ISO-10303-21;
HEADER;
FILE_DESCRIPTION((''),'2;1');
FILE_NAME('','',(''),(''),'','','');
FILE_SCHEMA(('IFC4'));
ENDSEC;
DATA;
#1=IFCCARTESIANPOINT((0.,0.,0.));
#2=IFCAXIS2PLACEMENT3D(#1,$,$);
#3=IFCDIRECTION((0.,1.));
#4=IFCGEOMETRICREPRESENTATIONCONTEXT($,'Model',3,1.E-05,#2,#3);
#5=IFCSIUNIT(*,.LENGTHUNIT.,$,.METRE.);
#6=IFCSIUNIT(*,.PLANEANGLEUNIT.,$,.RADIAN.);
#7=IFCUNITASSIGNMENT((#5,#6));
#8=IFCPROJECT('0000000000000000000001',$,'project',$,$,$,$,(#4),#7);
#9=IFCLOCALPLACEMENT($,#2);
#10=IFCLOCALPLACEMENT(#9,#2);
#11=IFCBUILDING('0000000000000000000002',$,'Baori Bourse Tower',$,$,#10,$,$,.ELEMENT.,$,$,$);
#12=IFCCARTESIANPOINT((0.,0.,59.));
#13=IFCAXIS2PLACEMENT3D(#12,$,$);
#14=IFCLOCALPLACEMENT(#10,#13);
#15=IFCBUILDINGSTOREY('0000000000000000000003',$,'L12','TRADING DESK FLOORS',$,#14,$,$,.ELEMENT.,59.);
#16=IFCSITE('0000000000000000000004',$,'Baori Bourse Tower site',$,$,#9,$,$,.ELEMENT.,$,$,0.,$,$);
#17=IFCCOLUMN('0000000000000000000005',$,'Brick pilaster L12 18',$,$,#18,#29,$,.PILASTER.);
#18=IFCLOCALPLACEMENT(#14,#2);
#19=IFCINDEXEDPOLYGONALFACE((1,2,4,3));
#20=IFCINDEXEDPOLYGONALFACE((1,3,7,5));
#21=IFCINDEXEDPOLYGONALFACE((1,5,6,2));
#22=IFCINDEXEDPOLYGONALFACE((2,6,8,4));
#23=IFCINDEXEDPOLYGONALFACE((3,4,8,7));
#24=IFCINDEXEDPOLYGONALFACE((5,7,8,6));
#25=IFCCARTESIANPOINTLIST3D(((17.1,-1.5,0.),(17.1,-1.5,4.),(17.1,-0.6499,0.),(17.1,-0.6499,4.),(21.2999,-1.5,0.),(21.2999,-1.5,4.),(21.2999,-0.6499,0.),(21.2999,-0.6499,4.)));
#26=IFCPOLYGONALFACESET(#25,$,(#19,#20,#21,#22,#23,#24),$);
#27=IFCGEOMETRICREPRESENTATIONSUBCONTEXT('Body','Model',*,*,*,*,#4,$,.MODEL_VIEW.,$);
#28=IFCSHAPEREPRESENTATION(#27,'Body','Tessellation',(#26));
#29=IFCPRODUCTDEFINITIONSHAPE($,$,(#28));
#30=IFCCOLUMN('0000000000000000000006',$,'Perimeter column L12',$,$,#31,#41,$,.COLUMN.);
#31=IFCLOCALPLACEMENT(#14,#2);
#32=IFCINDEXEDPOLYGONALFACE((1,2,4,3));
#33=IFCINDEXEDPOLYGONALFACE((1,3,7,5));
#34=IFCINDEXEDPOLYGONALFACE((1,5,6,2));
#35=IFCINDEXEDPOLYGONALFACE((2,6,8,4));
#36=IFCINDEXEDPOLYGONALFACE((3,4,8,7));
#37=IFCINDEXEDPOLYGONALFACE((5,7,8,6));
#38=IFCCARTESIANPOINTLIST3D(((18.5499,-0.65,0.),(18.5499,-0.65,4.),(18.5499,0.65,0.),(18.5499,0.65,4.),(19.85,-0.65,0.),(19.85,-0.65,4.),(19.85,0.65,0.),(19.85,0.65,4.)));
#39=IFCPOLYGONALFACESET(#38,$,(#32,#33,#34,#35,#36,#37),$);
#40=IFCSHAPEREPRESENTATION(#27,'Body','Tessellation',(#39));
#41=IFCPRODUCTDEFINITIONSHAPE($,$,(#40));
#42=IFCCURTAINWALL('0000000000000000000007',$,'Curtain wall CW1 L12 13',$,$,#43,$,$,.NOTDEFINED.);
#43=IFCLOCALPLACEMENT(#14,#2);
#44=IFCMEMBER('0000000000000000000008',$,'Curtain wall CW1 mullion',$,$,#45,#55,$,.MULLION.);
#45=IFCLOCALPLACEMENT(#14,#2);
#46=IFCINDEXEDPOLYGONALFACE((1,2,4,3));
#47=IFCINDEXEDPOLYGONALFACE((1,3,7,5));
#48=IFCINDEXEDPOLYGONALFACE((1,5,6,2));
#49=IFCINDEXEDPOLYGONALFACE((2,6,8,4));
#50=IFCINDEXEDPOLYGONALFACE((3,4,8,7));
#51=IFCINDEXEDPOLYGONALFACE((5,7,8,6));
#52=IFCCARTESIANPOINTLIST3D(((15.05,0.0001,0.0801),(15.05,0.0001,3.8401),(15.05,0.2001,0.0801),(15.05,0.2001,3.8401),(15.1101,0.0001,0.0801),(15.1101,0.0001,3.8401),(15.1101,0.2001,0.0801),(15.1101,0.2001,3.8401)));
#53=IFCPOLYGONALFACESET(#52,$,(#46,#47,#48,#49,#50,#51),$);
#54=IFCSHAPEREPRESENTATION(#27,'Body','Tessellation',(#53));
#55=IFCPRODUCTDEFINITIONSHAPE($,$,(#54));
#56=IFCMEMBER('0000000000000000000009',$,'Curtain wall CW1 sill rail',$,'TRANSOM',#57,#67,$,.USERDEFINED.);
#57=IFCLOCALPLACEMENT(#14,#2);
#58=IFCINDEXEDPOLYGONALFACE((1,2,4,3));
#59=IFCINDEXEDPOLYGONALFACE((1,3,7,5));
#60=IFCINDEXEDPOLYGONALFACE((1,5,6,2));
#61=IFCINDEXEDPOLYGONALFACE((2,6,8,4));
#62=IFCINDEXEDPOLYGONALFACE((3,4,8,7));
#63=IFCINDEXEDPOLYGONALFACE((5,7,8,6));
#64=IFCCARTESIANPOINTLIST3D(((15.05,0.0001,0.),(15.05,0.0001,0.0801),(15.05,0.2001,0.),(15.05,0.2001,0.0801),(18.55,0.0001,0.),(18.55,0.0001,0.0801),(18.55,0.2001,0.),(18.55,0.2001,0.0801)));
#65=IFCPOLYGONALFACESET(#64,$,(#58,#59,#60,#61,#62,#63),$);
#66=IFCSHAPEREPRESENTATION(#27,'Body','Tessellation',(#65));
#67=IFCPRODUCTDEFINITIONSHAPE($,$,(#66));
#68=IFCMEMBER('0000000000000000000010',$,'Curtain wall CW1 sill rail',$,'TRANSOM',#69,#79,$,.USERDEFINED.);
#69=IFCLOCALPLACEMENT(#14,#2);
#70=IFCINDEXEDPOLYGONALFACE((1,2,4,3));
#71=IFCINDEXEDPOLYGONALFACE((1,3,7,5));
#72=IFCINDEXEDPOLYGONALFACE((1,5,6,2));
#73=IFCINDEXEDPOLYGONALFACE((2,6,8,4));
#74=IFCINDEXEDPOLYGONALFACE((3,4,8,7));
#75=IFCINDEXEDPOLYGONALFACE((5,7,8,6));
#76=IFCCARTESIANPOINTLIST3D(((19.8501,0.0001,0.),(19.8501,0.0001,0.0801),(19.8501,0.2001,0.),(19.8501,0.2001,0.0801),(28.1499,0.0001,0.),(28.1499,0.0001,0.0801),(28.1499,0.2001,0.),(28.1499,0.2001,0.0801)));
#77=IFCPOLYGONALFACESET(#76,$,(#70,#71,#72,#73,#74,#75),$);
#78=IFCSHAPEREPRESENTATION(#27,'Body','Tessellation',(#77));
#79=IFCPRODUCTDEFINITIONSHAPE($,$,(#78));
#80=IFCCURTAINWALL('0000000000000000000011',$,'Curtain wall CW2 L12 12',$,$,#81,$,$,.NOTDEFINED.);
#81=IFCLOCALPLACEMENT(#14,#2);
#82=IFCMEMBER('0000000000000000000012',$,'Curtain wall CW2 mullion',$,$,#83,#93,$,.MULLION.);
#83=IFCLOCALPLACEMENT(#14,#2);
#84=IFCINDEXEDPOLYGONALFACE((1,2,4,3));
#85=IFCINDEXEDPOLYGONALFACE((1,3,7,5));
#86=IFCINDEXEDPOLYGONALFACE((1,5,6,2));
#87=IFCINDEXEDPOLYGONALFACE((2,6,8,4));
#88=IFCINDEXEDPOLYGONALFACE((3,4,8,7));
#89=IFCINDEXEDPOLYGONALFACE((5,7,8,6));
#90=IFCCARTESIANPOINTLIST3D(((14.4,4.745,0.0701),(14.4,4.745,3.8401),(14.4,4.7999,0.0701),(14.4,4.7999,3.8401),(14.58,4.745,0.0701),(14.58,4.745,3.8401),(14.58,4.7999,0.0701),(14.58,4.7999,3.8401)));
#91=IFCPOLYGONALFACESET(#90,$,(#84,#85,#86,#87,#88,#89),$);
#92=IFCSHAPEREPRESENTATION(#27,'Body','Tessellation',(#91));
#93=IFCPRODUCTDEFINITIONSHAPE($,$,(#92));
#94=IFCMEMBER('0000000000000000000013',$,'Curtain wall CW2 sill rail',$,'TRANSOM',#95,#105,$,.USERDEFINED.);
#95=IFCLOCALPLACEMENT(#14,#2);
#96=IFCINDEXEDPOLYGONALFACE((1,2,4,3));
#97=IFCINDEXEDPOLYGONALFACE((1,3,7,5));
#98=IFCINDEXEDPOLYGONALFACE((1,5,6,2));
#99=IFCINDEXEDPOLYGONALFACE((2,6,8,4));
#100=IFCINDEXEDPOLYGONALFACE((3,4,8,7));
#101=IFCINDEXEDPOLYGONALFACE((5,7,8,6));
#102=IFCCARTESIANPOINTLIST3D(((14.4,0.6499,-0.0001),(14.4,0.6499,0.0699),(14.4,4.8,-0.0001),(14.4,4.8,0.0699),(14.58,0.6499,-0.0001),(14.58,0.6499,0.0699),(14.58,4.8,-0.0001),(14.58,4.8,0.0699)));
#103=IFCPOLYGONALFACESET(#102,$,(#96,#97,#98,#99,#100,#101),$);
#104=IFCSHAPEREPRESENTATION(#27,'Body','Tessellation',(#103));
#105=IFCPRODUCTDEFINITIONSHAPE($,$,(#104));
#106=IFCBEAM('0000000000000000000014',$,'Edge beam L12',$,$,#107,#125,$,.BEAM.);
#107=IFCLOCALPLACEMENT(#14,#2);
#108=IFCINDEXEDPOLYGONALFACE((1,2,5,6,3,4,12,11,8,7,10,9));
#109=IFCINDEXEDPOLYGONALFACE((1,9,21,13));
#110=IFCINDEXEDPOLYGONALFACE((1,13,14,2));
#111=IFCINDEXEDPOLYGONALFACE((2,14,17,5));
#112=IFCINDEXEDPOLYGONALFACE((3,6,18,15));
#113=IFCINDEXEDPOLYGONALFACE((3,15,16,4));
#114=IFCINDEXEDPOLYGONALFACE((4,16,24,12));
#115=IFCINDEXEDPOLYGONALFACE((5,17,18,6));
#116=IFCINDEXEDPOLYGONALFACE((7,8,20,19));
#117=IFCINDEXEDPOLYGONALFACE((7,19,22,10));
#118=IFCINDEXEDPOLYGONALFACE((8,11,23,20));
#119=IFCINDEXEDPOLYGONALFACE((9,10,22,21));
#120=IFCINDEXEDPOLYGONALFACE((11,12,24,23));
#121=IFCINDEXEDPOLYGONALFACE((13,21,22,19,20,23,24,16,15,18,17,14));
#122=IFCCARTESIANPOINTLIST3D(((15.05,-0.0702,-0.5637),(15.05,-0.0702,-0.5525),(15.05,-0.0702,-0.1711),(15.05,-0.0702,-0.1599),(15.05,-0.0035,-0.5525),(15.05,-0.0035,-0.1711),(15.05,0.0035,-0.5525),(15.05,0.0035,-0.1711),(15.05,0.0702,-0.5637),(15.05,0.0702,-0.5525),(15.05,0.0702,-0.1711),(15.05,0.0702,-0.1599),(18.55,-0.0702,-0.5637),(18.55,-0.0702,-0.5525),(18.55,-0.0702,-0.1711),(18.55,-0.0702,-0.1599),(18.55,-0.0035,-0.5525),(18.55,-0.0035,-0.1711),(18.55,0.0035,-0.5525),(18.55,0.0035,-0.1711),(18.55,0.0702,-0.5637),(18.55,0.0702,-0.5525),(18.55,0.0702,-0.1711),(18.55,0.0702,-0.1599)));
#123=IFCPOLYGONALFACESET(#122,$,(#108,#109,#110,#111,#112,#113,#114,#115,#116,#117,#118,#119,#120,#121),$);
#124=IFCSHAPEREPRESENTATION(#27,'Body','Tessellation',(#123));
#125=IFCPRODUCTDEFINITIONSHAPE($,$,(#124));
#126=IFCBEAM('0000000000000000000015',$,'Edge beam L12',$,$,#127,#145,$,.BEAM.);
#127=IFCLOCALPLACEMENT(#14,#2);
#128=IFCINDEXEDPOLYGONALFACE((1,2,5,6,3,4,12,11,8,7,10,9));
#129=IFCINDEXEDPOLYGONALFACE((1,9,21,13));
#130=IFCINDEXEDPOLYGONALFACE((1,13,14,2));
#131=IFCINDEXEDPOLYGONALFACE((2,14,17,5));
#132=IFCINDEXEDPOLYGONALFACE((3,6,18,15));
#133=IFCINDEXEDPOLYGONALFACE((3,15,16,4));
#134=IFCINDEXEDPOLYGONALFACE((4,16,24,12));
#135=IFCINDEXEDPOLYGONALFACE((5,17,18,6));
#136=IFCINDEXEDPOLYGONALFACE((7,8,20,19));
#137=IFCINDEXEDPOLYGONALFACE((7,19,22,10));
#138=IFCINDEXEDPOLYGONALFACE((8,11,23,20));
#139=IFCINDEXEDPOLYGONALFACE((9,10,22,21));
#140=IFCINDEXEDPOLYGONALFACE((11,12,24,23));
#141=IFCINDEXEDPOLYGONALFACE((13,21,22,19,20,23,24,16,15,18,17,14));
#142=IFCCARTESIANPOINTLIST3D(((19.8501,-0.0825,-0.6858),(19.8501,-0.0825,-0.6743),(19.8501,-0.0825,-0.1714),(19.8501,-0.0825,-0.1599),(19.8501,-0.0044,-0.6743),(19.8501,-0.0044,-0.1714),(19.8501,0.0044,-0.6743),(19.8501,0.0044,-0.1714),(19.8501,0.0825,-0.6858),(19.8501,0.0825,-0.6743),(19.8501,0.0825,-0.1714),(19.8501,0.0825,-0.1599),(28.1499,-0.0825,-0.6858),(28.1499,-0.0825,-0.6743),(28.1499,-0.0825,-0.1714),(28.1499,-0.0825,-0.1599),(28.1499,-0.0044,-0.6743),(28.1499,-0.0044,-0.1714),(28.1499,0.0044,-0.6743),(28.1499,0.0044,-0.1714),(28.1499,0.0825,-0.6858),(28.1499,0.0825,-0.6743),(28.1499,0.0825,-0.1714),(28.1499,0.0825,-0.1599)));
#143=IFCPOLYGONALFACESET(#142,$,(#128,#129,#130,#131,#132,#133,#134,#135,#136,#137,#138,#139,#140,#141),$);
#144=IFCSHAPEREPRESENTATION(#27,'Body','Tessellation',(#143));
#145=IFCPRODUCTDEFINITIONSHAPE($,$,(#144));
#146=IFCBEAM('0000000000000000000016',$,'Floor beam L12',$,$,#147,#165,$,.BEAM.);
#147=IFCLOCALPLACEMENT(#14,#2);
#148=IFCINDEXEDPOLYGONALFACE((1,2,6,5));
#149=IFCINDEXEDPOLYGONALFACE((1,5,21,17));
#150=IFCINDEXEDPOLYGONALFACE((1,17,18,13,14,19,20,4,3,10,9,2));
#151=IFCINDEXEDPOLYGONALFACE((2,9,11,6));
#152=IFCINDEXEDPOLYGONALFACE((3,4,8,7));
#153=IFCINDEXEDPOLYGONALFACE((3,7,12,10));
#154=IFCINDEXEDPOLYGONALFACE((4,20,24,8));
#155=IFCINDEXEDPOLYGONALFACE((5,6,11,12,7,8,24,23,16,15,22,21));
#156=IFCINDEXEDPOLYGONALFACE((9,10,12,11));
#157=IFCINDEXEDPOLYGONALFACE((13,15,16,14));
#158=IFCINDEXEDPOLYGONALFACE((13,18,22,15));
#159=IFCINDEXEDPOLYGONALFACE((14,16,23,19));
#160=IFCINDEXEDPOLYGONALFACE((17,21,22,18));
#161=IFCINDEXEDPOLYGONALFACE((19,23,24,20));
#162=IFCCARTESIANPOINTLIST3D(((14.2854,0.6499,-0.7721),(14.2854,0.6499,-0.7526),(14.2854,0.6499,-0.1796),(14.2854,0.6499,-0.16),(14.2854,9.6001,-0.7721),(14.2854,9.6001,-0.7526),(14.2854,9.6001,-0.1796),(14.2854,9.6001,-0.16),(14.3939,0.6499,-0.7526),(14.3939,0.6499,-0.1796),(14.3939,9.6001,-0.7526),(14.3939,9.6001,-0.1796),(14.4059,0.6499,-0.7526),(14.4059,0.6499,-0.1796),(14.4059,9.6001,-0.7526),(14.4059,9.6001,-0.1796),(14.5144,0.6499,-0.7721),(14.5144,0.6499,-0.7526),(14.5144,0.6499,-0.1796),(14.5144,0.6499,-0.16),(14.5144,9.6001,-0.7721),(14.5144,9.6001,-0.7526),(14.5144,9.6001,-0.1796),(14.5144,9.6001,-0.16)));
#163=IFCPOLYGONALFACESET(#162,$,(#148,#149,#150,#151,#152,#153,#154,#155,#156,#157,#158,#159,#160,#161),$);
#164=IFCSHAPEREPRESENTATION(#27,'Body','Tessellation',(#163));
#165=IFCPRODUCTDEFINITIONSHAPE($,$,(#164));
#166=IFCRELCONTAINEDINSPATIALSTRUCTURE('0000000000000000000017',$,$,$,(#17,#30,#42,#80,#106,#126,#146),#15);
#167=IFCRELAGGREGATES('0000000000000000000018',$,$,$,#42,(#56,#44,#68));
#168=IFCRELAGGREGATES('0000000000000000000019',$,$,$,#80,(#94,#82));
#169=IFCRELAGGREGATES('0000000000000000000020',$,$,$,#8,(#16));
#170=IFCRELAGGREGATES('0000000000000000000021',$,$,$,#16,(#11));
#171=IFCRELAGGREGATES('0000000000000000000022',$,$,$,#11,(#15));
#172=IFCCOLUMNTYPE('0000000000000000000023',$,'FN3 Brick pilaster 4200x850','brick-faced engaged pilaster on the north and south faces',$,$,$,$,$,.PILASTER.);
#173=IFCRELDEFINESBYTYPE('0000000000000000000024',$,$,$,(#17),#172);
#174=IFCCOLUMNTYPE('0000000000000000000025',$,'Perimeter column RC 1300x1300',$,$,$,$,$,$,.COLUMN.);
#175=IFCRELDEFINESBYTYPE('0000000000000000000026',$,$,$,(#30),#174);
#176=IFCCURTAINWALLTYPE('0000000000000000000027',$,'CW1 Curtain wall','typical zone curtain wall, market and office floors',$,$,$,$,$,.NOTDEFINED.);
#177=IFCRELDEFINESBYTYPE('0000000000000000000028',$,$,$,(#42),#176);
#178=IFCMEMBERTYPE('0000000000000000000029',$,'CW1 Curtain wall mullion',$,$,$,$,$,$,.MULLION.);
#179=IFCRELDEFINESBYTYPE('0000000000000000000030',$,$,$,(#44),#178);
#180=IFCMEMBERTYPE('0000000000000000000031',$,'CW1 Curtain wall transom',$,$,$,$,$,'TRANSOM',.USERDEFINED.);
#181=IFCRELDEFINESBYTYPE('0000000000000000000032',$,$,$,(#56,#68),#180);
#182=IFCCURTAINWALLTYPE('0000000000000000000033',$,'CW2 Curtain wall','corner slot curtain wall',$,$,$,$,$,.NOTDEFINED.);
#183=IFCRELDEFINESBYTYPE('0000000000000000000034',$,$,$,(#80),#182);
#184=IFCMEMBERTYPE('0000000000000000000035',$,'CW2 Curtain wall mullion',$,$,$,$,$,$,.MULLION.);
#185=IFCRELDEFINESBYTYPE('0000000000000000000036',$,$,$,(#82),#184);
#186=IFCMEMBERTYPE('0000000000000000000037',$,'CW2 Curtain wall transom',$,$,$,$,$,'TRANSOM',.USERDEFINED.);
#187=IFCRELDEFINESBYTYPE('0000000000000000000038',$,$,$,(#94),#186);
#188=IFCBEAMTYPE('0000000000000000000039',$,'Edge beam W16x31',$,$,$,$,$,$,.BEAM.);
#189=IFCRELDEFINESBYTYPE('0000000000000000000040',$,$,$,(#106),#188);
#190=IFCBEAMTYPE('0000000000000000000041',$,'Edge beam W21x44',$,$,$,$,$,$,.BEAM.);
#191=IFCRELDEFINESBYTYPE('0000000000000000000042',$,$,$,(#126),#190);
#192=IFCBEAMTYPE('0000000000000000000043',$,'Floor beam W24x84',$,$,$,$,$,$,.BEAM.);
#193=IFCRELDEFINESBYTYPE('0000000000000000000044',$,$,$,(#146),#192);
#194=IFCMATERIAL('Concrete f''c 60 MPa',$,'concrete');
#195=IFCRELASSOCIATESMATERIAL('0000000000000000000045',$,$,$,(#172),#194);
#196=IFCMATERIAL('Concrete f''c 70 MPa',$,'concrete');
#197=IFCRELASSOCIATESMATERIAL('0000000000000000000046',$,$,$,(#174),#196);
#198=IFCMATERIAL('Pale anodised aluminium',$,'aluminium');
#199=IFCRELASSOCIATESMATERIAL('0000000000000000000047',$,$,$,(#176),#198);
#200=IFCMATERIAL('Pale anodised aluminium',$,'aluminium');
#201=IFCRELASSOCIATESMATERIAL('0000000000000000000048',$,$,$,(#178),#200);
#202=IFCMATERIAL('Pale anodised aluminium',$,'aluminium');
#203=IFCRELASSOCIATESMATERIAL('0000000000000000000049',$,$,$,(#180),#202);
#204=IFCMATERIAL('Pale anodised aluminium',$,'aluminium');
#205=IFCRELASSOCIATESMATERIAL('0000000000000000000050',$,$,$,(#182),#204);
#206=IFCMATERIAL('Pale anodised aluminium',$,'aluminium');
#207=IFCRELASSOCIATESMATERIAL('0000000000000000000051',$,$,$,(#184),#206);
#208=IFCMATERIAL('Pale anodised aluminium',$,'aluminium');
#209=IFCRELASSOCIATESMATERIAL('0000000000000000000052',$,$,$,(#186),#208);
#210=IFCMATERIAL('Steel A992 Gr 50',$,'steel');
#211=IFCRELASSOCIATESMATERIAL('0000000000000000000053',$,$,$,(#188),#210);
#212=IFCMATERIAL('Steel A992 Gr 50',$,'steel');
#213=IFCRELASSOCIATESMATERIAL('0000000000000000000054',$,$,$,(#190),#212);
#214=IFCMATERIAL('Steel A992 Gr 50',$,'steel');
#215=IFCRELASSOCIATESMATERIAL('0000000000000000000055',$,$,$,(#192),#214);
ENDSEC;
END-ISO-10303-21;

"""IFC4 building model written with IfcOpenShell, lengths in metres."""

from ifc_helpers import new_model, si_unit, direction, frame, origin, origin_2d, place, context, subcontext, project, spatial, rectangle, i_section, extrude, material, material_profile, profile_set, type_object, element, aggregate, save


model = new_model("IFC4")

# Units and contexts
model_context = context("Model", 3, precision=1e-05, world=origin(), true_north=direction((0.0, 1.0)))
body_context = subcontext(model_context, "Body", "Model", "MODEL_VIEW")
ifc_project = project(units=[si_unit("LENGTHUNIT", "METRE"), si_unit("PLANEANGLEUNIT", "RADIAN")], contexts=[model_context])

# Site, building, storey
site_placement = place(None, origin())
site = spatial("IfcSite", under=ifc_project, at=site_placement, Name="Baori Bourse Tower site", CompositionType="ELEMENT", RefElevation=0.0)
building_placement = place(site_placement, origin())
building = spatial("IfcBuilding", under=site, at=building_placement, Name="Baori Bourse Tower", CompositionType="ELEMENT")
storey_placement = place(building_placement, frame((0.0, 0.0, 59.0)))
storey = spatial("IfcBuildingStorey", under=building, at=storey_placement, Name="L12", Description="TRADING DESK FLOORS", CompositionType="ELEMENT", Elevation=59.0)

# Columns
ifc_material_1 = material(Name="Concrete f'c 60 MPa", Category="concrete")
ifc_material_profile_1 = material_profile(ifc_material_1, rectangle(XDim=4.2, YDim=0.8501, at=origin_2d()), Name="RC 4200x850")
ifc_profile_set_1 = profile_set([ifc_material_profile_1], Name="Concrete f'c 60 MPa")
column_type_1 = type_object("IfcColumnType", Name="FN3 Brick pilaster 4200x850", Description="brick-faced engaged pilaster on the north and south faces", PredefinedType="PILASTER", material=ifc_profile_set_1)
column_1_placement = place(storey_placement, frame((19.2, -1.075, 0.0), z_axis=(0.0, 0.0, 1.0), x_axis=(1.0, 0.0, 0.0)))
element("IfcColumn", 1, at=column_1_placement, inside=storey, type_object=column_type_1, Name="Brick pilaster L12 18", PredefinedType="PILASTER", context=body_context, shape_type="SweptSolid", body=[
    extrude(rectangle(XDim=4.2, YDim=0.8501, at=origin_2d()), origin(), (0.0, 0.0, 1.0), 4.0),
])
ifc_material_2 = material(Name="Concrete f'c 70 MPa", Category="concrete")
ifc_material_profile_2 = material_profile(ifc_material_2, rectangle(XDim=1.3, YDim=1.3, at=origin_2d()), Name="RC 1300x1300")
ifc_profile_set_2 = profile_set([ifc_material_profile_2], Name="Concrete f'c 70 MPa")
column_type_2 = type_object("IfcColumnType", Name="Perimeter column RC 1300x1300", PredefinedType="COLUMN", material=ifc_profile_set_2)
column_2_placement = place(storey_placement, frame((19.2, 0.0, 0.0), z_axis=(0.0, 0.0, 1.0), x_axis=(1.0, 0.0, 0.0)))
element("IfcColumn", 2, at=column_2_placement, inside=storey, type_object=column_type_2, Name="Perimeter column L12", PredefinedType="COLUMN", context=body_context, shape_type="SweptSolid", body=[
    extrude(rectangle(XDim=1.3, YDim=1.3, at=origin_2d()), origin(), (0.0, 0.0, 1.0), 4.0),
])

# Curtain walls, members
ifc_material_3 = material(Name="Pale anodised aluminium", Category="aluminium")
curtain_wall_type_1 = type_object("IfcCurtainWallType", Name="CW1 Curtain wall", Description="typical zone curtain wall, market and office floors", PredefinedType="NOTDEFINED", material=ifc_material_3)
curtain_wall_1_placement = place(storey_placement, origin())
curtain_wall_1 = element("IfcCurtainWall", 3, at=curtain_wall_1_placement, inside=storey, type_object=curtain_wall_type_1, Name="Curtain wall CW1 L12 13", PredefinedType="NOTDEFINED")
ifc_material_4 = material(Name="Pale anodised aluminium", Category="aluminium")
ifc_material_profile_3 = material_profile(ifc_material_4, rectangle(XDim=0.2, YDim=0.0601, at=origin_2d()), Name="Mullion 60x200")
ifc_profile_set_3 = profile_set([ifc_material_profile_3], Name="Pale anodised aluminium")
member_type_1 = type_object("IfcMemberType", Name="CW1 Curtain wall mullion", PredefinedType="MULLION", material=ifc_profile_set_3)
member_1_placement = place(storey_placement, frame((15.0801, 0.1001, 0.0801), z_axis=(0.0, 0.0, 1.0), x_axis=(0.0, 1.0, 0.0)))
member_1 = element("IfcMember", 4, at=member_1_placement, type_object=member_type_1, Name="Curtain wall CW1 mullion", PredefinedType="MULLION", context=body_context, shape_type="SweptSolid", body=[
    extrude(rectangle(XDim=0.2, YDim=0.0601, at=origin_2d()), origin(), (0.0, 0.0, 1.0), 3.76),
])
ifc_material_5 = material(Name="Pale anodised aluminium", Category="aluminium")
ifc_material_profile_4 = material_profile(ifc_material_5, rectangle(XDim=0.2, YDim=0.0801, at=origin_2d()), Name="Transom 80x200")
ifc_profile_set_4 = profile_set([ifc_material_profile_4], Name="Pale anodised aluminium")
member_type_2 = type_object("IfcMemberType", Name="CW1 Curtain wall transom", ElementType="TRANSOM", PredefinedType="USERDEFINED", material=ifc_profile_set_4)
member_2_placement = place(storey_placement, frame((15.05, 0.1001, 0.04), z_axis=(1.0, 0.0, 0.0), x_axis=(0.0, 1.0, 0.0)))
member_2 = element("IfcMember", 5, at=member_2_placement, type_object=member_type_2, Name="Curtain wall CW1 sill rail", ObjectType="TRANSOM", PredefinedType="USERDEFINED", context=body_context, shape_type="SweptSolid", body=[
    extrude(rectangle(XDim=0.2, YDim=0.0801, at=origin_2d()), origin(), (0.0, 0.0, 1.0), 3.5),
])
member_3_placement = place(storey_placement, frame((19.8501, 0.1001, 0.04), z_axis=(1.0, 0.0, 0.0), x_axis=(0.0, 1.0, 0.0)))
member_3 = element("IfcMember", 6, at=member_3_placement, type_object=member_type_2, Name="Curtain wall CW1 sill rail", ObjectType="TRANSOM", PredefinedType="USERDEFINED", context=body_context, shape_type="SweptSolid", body=[
    extrude(rectangle(XDim=0.2, YDim=0.0801, at=origin_2d()), origin(), (0.0, 0.0, 1.0), 8.2998),
])
ifc_material_6 = material(Name="Pale anodised aluminium", Category="aluminium")
curtain_wall_type_2 = type_object("IfcCurtainWallType", Name="CW2 Curtain wall", Description="corner slot curtain wall", PredefinedType="NOTDEFINED", material=ifc_material_6)
curtain_wall_2_placement = place(storey_placement, origin())
curtain_wall_2 = element("IfcCurtainWall", 7, at=curtain_wall_2_placement, inside=storey, type_object=curtain_wall_type_2, Name="Curtain wall CW2 L12 12", PredefinedType="NOTDEFINED")
ifc_material_7 = material(Name="Pale anodised aluminium", Category="aluminium")
ifc_material_profile_5 = material_profile(ifc_material_7, rectangle(XDim=0.1799, YDim=0.0549, at=origin_2d()), Name="Mullion 55x180")
ifc_profile_set_5 = profile_set([ifc_material_profile_5], Name="Pale anodised aluminium")
member_type_3 = type_object("IfcMemberType", Name="CW2 Curtain wall mullion", PredefinedType="MULLION", material=ifc_profile_set_5)
member_4_placement = place(storey_placement, frame((14.49, 4.7725, 0.0701), z_axis=(0.0, 0.0, 1.0), x_axis=(1.0, 0.0, 0.0)))
member_4 = element("IfcMember", 8, at=member_4_placement, type_object=member_type_3, Name="Curtain wall CW2 mullion", PredefinedType="MULLION", context=body_context, shape_type="SweptSolid", body=[
    extrude(rectangle(XDim=0.1799, YDim=0.0549, at=origin_2d()), origin(), (0.0, 0.0, 1.0), 3.77),
])
ifc_material_8 = material(Name="Pale anodised aluminium", Category="aluminium")
ifc_material_profile_6 = material_profile(ifc_material_8, rectangle(XDim=0.1799, YDim=0.0701, at=origin_2d()), Name="Transom 70x180")
ifc_profile_set_6 = profile_set([ifc_material_profile_6], Name="Pale anodised aluminium")
member_type_4 = type_object("IfcMemberType", Name="CW2 Curtain wall transom", ElementType="TRANSOM", PredefinedType="USERDEFINED", material=ifc_profile_set_6)
member_5_placement = place(storey_placement, frame((14.49, 4.8, 0.0349), z_axis=(0.0, -1.0, 0.0), x_axis=(1.0, 0.0, 0.0)))
member_5 = element("IfcMember", 9, at=member_5_placement, type_object=member_type_4, Name="Curtain wall CW2 sill rail", ObjectType="TRANSOM", PredefinedType="USERDEFINED", context=body_context, shape_type="SweptSolid", body=[
    extrude(rectangle(XDim=0.1799, YDim=0.0701, at=origin_2d()), origin(), (0.0, 0.0, 1.0), 4.1501),
])

# Beams
ifc_material_9 = material(Name="Steel A992 Gr 50", Category="steel")
ifc_material_profile_7 = material_profile(ifc_material_9, i_section(OverallWidth=0.1404, OverallDepth=0.4038, WebThickness=0.0071, FlangeThickness=0.0112, at=origin_2d()), Name="W16x31")
ifc_profile_set_7 = profile_set([ifc_material_profile_7], Name="Steel A992 Gr 50")
beam_type_1 = type_object("IfcBeamType", Name="Edge beam W16x31", PredefinedType="BEAM", material=ifc_profile_set_7)
beam_1_placement = place(storey_placement, frame((15.05, 0.0, -0.3618), z_axis=(1.0, 0.0, 0.0), x_axis=(0.0, 1.0, 0.0)))
element("IfcBeam", 10, at=beam_1_placement, inside=storey, type_object=beam_type_1, Name="Edge beam L12", PredefinedType="BEAM", context=body_context, shape_type="SweptSolid", body=[
    extrude(i_section(OverallWidth=0.1404, OverallDepth=0.4038, WebThickness=0.0071, FlangeThickness=0.0112, at=origin_2d()), origin(), (0.0, 0.0, 1.0), 3.5),
])
ifc_material_10 = material(Name="Steel A992 Gr 50", Category="steel")
ifc_material_profile_8 = material_profile(ifc_material_10, i_section(OverallWidth=0.165, OverallDepth=0.5259, WebThickness=0.0088, FlangeThickness=0.0115, at=origin_2d()), Name="W21x44")
ifc_profile_set_8 = profile_set([ifc_material_profile_8], Name="Steel A992 Gr 50")
beam_type_2 = type_object("IfcBeamType", Name="Edge beam W21x44", PredefinedType="BEAM", material=ifc_profile_set_8)
beam_2_placement = place(storey_placement, frame((19.8501, 0.0, -0.4229), z_axis=(1.0, 0.0, 0.0), x_axis=(0.0, 1.0, 0.0)))
element("IfcBeam", 11, at=beam_2_placement, inside=storey, type_object=beam_type_2, Name="Edge beam L12", PredefinedType="BEAM", context=body_context, shape_type="SweptSolid", body=[
    extrude(i_section(OverallWidth=0.165, OverallDepth=0.5259, WebThickness=0.0088, FlangeThickness=0.0115, at=origin_2d()), origin(), (0.0, 0.0, 1.0), 8.2998),
])
ifc_material_11 = material(Name="Steel A992 Gr 50", Category="steel")
ifc_material_profile_9 = material_profile(ifc_material_11, i_section(OverallWidth=0.229, OverallDepth=0.6121, WebThickness=0.012, FlangeThickness=0.0195, at=origin_2d()), Name="W24x84")
ifc_profile_set_9 = profile_set([ifc_material_profile_9], Name="Steel A992 Gr 50")
beam_type_3 = type_object("IfcBeamType", Name="Floor beam W24x84", PredefinedType="BEAM", material=ifc_profile_set_9)
beam_3_placement = place(storey_placement, frame((14.3999, 0.6499, -0.4661), z_axis=(0.0, 1.0, 0.0), x_axis=(-1.0, 0.0, 0.0)))
element("IfcBeam", 12, at=beam_3_placement, inside=storey, type_object=beam_type_3, Name="Floor beam L12", PredefinedType="BEAM", context=body_context, shape_type="SweptSolid", body=[
    extrude(i_section(OverallWidth=0.229, OverallDepth=0.6121, WebThickness=0.012, FlangeThickness=0.0195, at=origin_2d()), origin(), (0.0, 0.0, 1.0), 8.9502),
])

aggregate(curtain_wall_1, [member_2, member_1, member_3])
aggregate(curtain_wall_2, [member_5, member_4])

save(model, "model.ifc")
